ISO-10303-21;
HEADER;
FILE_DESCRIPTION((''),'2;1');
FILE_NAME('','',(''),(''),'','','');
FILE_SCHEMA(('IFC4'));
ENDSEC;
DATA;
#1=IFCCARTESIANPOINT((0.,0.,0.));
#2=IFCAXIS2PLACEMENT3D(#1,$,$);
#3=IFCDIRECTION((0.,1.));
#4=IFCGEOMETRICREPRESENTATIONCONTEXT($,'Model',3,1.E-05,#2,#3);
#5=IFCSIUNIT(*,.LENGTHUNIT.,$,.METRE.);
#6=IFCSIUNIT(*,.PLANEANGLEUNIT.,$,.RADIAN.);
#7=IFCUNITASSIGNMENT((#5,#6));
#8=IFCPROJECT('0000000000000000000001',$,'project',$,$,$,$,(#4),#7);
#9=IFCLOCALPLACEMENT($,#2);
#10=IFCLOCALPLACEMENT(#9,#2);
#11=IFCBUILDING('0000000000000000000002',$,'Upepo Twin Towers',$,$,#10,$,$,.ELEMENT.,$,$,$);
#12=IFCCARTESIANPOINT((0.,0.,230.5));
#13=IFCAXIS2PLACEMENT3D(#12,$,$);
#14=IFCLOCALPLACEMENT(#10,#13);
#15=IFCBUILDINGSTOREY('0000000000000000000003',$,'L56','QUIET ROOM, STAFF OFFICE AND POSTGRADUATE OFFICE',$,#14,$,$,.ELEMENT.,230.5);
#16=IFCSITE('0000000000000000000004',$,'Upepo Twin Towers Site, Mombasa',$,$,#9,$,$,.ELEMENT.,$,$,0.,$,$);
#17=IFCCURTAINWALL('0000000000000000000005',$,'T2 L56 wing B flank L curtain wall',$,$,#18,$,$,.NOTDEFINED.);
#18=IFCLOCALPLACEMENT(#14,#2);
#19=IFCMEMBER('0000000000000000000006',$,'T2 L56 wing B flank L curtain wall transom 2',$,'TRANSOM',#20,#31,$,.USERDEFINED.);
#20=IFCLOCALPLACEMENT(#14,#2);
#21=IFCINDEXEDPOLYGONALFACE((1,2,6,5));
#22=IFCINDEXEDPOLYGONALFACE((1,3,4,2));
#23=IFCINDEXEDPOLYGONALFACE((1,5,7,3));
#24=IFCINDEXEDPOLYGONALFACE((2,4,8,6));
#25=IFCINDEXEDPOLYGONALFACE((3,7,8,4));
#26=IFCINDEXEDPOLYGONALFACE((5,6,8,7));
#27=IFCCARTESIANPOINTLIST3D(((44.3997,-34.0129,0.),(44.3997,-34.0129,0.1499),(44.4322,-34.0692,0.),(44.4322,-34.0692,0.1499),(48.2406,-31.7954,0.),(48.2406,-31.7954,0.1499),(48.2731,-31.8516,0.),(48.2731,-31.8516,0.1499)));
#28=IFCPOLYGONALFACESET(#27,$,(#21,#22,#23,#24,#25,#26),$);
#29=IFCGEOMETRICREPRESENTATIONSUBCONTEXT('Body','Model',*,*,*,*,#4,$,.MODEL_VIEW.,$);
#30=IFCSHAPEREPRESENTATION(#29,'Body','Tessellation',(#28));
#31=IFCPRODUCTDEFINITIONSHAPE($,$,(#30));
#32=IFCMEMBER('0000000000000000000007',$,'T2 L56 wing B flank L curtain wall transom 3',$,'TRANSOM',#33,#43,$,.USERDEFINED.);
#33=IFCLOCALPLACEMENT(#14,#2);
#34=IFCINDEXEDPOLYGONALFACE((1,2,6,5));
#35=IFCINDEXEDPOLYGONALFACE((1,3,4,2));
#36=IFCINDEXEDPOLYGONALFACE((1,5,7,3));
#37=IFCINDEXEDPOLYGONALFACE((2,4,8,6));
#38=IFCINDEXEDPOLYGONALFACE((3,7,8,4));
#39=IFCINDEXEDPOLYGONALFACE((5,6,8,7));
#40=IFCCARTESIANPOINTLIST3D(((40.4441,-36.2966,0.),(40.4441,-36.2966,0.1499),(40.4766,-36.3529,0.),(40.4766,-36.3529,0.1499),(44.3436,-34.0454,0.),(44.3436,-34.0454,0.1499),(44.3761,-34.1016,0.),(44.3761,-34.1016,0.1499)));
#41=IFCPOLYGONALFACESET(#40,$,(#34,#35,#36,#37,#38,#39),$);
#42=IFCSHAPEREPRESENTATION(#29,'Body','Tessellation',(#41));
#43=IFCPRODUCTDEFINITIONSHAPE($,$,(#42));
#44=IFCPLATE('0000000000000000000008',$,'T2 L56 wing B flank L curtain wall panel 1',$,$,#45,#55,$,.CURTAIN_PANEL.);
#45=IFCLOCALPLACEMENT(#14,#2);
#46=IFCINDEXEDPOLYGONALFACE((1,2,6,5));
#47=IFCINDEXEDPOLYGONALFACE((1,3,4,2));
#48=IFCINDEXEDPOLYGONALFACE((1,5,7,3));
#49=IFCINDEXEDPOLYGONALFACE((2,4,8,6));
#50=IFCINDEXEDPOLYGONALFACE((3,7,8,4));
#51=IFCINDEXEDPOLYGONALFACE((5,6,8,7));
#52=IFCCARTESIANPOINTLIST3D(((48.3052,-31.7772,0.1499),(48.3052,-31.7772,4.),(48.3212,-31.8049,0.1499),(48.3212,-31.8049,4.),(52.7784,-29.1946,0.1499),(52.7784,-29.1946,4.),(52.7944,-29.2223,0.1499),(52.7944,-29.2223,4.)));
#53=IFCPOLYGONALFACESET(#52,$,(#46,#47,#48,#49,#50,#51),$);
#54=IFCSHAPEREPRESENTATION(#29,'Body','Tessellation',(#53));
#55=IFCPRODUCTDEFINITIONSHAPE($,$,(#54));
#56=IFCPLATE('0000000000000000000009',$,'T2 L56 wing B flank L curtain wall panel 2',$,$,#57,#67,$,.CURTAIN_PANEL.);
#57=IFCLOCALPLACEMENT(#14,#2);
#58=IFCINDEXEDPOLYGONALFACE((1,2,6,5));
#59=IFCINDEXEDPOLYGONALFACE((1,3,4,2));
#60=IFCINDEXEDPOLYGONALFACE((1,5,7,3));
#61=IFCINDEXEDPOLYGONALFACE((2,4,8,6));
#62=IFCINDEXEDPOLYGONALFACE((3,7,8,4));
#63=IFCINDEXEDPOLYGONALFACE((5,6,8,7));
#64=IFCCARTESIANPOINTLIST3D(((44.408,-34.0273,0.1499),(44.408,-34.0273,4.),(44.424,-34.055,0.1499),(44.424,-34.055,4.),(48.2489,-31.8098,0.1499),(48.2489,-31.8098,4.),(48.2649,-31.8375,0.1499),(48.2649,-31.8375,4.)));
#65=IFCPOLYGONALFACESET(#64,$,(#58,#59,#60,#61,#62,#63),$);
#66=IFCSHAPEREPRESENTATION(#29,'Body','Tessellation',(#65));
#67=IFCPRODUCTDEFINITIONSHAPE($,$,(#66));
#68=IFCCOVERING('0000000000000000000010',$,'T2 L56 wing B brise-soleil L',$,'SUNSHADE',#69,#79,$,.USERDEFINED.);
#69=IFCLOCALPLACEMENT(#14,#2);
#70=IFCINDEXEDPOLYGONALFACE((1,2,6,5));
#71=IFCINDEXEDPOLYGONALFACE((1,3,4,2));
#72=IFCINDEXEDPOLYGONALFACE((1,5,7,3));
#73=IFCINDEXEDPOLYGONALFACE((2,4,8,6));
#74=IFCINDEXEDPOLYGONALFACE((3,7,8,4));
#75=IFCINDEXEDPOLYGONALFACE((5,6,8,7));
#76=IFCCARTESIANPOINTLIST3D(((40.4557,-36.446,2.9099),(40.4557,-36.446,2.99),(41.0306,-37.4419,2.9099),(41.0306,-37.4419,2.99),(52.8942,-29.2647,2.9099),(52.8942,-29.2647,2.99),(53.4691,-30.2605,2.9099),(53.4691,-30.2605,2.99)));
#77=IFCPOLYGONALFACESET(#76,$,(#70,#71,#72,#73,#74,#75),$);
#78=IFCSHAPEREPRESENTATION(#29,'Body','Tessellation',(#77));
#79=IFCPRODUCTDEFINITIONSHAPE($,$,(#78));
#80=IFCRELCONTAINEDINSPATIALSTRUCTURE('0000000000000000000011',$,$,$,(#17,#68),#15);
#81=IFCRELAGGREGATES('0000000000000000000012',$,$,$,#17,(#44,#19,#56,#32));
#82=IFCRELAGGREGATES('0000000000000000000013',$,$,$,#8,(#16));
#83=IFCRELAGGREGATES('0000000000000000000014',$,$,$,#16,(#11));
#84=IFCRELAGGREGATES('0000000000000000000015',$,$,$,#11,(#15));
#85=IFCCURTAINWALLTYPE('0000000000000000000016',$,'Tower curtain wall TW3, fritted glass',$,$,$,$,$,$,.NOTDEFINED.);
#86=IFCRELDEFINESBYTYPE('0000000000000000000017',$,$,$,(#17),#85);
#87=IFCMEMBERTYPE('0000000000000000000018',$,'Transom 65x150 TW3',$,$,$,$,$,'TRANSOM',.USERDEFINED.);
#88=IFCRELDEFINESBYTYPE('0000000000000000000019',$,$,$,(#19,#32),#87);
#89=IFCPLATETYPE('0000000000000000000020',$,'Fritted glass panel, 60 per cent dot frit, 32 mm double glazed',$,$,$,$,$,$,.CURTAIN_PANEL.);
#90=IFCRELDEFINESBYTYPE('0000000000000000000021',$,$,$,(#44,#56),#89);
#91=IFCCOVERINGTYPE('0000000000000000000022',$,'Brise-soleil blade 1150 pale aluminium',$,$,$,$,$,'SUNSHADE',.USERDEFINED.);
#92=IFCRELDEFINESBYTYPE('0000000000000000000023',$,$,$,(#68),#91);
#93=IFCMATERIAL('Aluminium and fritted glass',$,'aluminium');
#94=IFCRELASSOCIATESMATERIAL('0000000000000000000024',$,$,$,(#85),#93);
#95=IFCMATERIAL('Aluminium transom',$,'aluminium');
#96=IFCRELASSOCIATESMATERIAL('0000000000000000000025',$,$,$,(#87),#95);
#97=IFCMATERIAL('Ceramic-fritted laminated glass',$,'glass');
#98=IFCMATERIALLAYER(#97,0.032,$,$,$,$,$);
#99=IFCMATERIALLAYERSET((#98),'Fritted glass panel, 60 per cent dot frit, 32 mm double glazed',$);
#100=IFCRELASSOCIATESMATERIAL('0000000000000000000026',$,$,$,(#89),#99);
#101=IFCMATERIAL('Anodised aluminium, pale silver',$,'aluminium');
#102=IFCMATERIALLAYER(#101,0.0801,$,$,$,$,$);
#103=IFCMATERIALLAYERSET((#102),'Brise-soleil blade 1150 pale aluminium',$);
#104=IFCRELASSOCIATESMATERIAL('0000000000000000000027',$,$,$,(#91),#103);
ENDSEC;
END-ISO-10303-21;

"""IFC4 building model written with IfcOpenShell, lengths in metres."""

from ifc_helpers import new_model, si_unit, direction, frame, origin, origin_2d, place, context, subcontext, project, spatial, rectangle, extrude, material, layer, layer_set, material_profile, profile_set, type_object, element, aggregate, save


model = new_model("IFC4")

# Units and contexts
model_context = context("Model", 3, precision=1e-05, world=origin(), true_north=direction((0.0, 1.0)))
body_context = subcontext(model_context, "Body", "Model", "MODEL_VIEW")
ifc_project = project(units=[si_unit("LENGTHUNIT", "METRE"), si_unit("PLANEANGLEUNIT", "RADIAN")], contexts=[model_context])

# Site, building, storey
site_placement = place(None, origin())
site = spatial("IfcSite", under=ifc_project, at=site_placement, Name="Upepo Twin Towers Site, Mombasa", CompositionType="ELEMENT", RefElevation=0.0)
building_placement = place(site_placement, origin())
building = spatial("IfcBuilding", under=site, at=building_placement, Name="Upepo Twin Towers", CompositionType="ELEMENT")
storey_placement = place(building_placement, frame((0.0, 0.0, 230.5)))
storey = spatial("IfcBuildingStorey", under=building, at=storey_placement, Name="L56", Description="QUIET ROOM, STAFF OFFICE AND POSTGRADUATE OFFICE", CompositionType="ELEMENT", Elevation=230.5)

# Curtain wall, members, plates
ifc_material_1 = material(Name="Aluminium and fritted glass", Category="aluminium")
curtain_wall_type = type_object("IfcCurtainWallType", Name="Tower curtain wall TW3, fritted glass", PredefinedType="NOTDEFINED", material=ifc_material_1)
curtain_wall_placement = place(storey_placement, origin())
curtain_wall = element("IfcCurtainWall", 1, at=curtain_wall_placement, inside=storey, type_object=curtain_wall_type, Name="T2 L56 wing B flank L curtain wall", PredefinedType="NOTDEFINED")
ifc_material_2 = material(Name="Aluminium transom", Category="aluminium")
ifc_material_profile_1 = material_profile(ifc_material_2, rectangle(XDim=0.0649, YDim=0.1499, at=origin_2d()), Name="TRANSOM 65x150")
ifc_profile_set_1 = profile_set([ifc_material_profile_1], Name="Aluminium transom")
member_type_1 = type_object("IfcMemberType", Name="Transom 65x150 TW3", ElementType="TRANSOM", PredefinedType="USERDEFINED", material=ifc_profile_set_1)
member_1_placement = place(storey_placement, frame((48.2568, -31.8235, 0.075), z_axis=(-0.866022, -0.500005, 0.0), x_axis=(0.500005, -0.866022, 0.0)))
member_1 = element("IfcMember", 2, at=member_1_placement, type_object=member_type_1, Name="T2 L56 wing B flank L curtain wall transom 2", ObjectType="TRANSOM", PredefinedType="USERDEFINED", context=body_context, shape_type="SweptSolid", body=[
    extrude(rectangle(XDim=0.0649, YDim=0.1499, at=origin_2d()), origin(), (0.0, 0.0, 1.0), 4.4351),
])
member_2_placement = place(storey_placement, frame((44.3599, -34.0735, 0.075), z_axis=(-0.866036, -0.499982, 0.0), x_axis=(0.499982, -0.866036, 0.0)))
member_2 = element("IfcMember", 3, at=member_2_placement, type_object=member_type_1, Name="T2 L56 wing B flank L curtain wall transom 3", ObjectType="TRANSOM", PredefinedType="USERDEFINED", context=body_context, shape_type="SweptSolid", body=[
    extrude(rectangle(XDim=0.0649, YDim=0.1499, at=origin_2d()), origin(), (0.0, 0.0, 1.0), 4.5027),
])
ifc_material_3 = material(Name="Ceramic-fritted laminated glass", Category="glass")
ifc_layer_1 = layer(ifc_material_3, 0.032)
ifc_layer_set_1 = layer_set([ifc_layer_1], Name="Fritted glass panel, 60 per cent dot frit, 32 mm double glazed")
plate_type = type_object("IfcPlateType", Name="Fritted glass panel, 60 per cent dot frit, 32 mm double glazed", PredefinedType="CURTAIN_PANEL", material=ifc_layer_set_1)
plate_1_placement = place(storey_placement, frame((50.5498, -30.4998, 0.1499), z_axis=(0.0, 0.0, 1.0), x_axis=(-0.866025, -0.5, 0.0)))
plate_1 = element("IfcPlate", 4, at=plate_1_placement, type_object=plate_type, Name="T2 L56 wing B flank L curtain wall panel 1", PredefinedType="CURTAIN_PANEL", context=body_context, shape_type="SweptSolid", body=[
    extrude(rectangle(XDim=5.1653, YDim=0.032, at=origin_2d()), origin(), (0.0, 0.0, 1.0), 3.8501),
])
plate_2_placement = place(storey_placement, frame((46.3364, -32.9324, 0.1499), z_axis=(0.0, 0.0, 1.0), x_axis=(-0.866025, -0.5, 0.0)))
plate_2 = element("IfcPlate", 5, at=plate_2_placement, type_object=plate_type, Name="T2 L56 wing B flank L curtain wall panel 2", PredefinedType="CURTAIN_PANEL", context=body_context, shape_type="SweptSolid", body=[
    extrude(rectangle(XDim=4.4351, YDim=0.032, at=origin_2d()), origin(), (0.0, 0.0, 1.0), 3.8501),
])
aggregate(curtain_wall, [plate_1, member_1, plate_2, member_2])

# Covering
ifc_material_4 = material(Name="Anodised aluminium, pale silver", Category="aluminium")
ifc_layer_2 = layer(ifc_material_4, 0.0801)
ifc_layer_set_2 = layer_set([ifc_layer_2], Name="Brise-soleil blade 1150 pale aluminium")
covering_type = type_object("IfcCoveringType", Name="Brise-soleil blade 1150 pale aluminium", ElementType="SUNSHADE", PredefinedType="USERDEFINED", material=ifc_layer_set_2)
covering_placement = place(storey_placement, frame((46.9624, -33.3533, 2.9099), z_axis=(0.0, 0.0, 1.0), x_axis=(-0.866025, -0.5, 0.0)))
element("IfcCovering", 6, at=covering_placement, inside=storey, type_object=covering_type, Name="T2 L56 wing B brise-soleil L", ObjectType="SUNSHADE", PredefinedType="USERDEFINED", context=body_context, shape_type="SweptSolid", body=[
    extrude(rectangle(XDim=14.3628, YDim=1.1499, at=origin_2d()), origin(), (0.0, 0.0, 1.0), 0.0801),
])

save(model, "model.ifc")
